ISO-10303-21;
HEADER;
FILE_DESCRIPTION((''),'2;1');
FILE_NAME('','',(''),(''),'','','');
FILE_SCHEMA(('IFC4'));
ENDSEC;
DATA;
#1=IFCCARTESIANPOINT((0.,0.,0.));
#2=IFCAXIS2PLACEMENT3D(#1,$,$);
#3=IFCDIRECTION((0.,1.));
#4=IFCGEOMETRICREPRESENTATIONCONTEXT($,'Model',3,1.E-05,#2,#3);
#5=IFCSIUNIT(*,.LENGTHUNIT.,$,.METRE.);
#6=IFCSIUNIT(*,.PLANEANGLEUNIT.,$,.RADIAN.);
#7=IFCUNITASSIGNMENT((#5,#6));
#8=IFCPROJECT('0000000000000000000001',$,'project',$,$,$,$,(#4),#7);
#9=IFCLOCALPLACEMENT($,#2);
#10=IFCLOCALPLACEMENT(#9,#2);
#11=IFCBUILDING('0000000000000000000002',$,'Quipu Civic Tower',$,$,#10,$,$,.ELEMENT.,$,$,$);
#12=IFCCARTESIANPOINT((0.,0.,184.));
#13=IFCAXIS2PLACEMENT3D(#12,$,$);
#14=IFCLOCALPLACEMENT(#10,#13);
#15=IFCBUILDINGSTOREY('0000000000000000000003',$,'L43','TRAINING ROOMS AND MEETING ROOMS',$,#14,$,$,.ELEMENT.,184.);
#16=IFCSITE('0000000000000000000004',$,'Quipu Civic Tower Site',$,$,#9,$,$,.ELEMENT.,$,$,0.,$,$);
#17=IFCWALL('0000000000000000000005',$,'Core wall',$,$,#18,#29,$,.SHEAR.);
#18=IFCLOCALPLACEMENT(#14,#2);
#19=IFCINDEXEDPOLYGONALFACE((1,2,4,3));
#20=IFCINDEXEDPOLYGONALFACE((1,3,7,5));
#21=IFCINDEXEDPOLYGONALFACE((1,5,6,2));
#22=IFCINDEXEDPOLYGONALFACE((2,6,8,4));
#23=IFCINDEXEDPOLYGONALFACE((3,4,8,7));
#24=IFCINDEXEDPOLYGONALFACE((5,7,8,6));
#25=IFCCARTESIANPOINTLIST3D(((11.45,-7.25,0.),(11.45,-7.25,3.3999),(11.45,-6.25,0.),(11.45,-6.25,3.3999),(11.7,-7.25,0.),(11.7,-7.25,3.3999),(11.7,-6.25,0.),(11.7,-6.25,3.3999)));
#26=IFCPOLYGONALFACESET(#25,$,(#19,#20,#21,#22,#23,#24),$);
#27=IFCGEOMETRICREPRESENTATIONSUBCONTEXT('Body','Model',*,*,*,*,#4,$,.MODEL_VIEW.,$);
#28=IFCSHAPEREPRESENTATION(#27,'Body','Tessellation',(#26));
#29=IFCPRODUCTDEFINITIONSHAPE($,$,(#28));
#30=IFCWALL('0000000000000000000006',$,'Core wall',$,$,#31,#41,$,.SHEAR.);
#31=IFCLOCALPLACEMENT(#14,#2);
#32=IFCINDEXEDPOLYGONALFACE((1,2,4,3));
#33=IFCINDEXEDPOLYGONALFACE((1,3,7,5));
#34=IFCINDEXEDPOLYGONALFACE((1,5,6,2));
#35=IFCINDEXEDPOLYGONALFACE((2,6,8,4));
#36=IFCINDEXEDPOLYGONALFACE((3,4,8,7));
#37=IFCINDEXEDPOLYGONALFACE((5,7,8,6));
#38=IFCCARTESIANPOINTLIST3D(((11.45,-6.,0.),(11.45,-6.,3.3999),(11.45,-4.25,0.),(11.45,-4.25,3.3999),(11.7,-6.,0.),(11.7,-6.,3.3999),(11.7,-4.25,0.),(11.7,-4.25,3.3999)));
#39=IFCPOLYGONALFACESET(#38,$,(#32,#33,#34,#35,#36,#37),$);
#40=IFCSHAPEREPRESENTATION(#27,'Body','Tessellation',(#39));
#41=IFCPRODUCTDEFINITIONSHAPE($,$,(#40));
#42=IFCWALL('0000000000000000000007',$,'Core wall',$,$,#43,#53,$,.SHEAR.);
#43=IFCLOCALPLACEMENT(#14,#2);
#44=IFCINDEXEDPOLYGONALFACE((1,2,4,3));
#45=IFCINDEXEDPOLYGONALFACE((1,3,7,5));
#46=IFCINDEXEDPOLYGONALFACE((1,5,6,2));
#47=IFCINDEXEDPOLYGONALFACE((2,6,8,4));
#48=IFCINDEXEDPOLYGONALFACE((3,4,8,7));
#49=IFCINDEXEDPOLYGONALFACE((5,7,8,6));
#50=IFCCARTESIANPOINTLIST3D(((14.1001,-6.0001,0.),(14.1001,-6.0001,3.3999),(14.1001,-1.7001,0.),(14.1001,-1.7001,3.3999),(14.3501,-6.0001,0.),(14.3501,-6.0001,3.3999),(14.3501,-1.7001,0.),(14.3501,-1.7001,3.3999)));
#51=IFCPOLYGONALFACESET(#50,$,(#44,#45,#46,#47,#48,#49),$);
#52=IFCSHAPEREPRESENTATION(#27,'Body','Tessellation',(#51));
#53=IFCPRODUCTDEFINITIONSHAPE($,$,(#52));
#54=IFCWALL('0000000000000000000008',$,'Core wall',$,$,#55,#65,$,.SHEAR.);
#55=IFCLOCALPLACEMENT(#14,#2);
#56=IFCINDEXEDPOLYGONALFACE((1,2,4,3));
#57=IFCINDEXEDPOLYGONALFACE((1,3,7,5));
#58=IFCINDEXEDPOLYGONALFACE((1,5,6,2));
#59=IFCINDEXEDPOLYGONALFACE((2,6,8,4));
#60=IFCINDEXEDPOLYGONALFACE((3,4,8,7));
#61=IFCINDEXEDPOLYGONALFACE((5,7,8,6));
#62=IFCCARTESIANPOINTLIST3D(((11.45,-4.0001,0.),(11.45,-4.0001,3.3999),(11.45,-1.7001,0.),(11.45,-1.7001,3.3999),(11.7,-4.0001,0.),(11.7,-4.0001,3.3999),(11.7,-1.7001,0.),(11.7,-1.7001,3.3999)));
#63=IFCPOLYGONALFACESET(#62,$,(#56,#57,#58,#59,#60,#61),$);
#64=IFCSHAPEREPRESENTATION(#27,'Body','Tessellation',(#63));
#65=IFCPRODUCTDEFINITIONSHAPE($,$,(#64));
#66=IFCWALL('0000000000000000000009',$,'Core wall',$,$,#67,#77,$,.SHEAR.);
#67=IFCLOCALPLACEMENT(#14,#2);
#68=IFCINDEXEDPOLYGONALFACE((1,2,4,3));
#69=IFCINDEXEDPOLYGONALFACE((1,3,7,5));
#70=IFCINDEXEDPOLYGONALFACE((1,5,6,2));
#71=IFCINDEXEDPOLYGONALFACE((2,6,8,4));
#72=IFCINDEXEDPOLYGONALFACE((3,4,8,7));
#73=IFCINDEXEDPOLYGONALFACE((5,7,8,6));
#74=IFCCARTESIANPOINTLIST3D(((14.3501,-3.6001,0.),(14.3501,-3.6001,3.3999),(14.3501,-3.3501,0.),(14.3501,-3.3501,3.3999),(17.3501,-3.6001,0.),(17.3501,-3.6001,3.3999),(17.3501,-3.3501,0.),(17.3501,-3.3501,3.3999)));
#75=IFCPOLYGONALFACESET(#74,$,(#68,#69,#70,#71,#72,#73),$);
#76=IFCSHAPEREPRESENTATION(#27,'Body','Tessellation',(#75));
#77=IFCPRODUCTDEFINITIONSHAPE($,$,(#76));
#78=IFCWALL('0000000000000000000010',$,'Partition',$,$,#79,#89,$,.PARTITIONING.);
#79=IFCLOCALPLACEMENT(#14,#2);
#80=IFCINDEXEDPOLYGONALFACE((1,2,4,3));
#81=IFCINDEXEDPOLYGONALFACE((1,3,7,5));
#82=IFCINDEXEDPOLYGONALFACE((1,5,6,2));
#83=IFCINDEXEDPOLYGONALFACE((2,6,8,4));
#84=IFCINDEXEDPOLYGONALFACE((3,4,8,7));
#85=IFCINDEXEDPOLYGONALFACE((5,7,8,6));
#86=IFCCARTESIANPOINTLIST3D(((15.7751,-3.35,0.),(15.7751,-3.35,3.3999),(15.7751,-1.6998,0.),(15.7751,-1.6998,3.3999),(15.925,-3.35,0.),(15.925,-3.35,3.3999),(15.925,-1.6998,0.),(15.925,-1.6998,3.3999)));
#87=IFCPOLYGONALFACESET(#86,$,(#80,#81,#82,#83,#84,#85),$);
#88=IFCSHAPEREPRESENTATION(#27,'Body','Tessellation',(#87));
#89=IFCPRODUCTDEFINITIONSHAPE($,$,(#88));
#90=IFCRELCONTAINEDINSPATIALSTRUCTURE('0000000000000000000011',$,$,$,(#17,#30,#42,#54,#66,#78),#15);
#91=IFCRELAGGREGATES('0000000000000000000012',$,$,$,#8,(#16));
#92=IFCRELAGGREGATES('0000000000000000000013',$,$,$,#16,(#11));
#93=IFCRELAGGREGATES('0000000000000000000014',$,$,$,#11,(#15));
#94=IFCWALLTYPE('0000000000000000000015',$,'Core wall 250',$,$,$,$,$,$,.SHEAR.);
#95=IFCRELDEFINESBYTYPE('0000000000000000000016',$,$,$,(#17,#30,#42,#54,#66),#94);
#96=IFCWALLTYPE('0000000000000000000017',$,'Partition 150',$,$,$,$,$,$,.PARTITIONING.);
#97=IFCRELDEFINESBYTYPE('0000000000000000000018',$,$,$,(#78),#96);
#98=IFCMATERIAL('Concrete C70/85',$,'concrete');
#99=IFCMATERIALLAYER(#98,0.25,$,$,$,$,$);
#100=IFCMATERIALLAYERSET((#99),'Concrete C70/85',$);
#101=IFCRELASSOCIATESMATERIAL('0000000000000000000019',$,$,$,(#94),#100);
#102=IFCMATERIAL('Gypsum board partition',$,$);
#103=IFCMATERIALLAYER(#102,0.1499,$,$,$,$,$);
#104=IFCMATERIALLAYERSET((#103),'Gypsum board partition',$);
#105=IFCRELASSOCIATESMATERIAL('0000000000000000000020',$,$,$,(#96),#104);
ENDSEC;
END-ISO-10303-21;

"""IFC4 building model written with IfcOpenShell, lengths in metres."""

from ifc_helpers import new_model, si_unit, direction, frame, frame_2d, origin, place, context, subcontext, project, spatial, rectangle, extrude, material, layer, layer_set, type_object, element, save


model = new_model("IFC4")

# Units and contexts
model_context = context("Model", 3, precision=1e-05, world=origin(), true_north=direction((0.0, 1.0)))
body_context = subcontext(model_context, "Body", "Model", "MODEL_VIEW")
ifc_project = project(units=[si_unit("LENGTHUNIT", "METRE"), si_unit("PLANEANGLEUNIT", "RADIAN")], contexts=[model_context])

# Site, building, storey
site_placement = place(None, origin())
site = spatial("IfcSite", under=ifc_project, at=site_placement, Name="Quipu Civic Tower Site", CompositionType="ELEMENT", RefElevation=0.0)
building_placement = place(site_placement, origin())
building = spatial("IfcBuilding", under=site, at=building_placement, Name="Quipu Civic Tower", CompositionType="ELEMENT")
storey_placement = place(building_placement, frame((0.0, 0.0, 184.0)))
storey = spatial("IfcBuildingStorey", under=building, at=storey_placement, Name="L43", Description="TRAINING ROOMS AND MEETING ROOMS", CompositionType="ELEMENT", Elevation=184.0)

# Walls
ifc_material_1 = material(Name="Concrete C70/85", Category="concrete")
ifc_layer_1 = layer(ifc_material_1, 0.25)
ifc_layer_set_1 = layer_set([ifc_layer_1], Name="Concrete C70/85")
wall_type_1 = type_object("IfcWallType", Name="Core wall 250", PredefinedType="SHEAR", material=ifc_layer_set_1)
wall_1_placement = place(storey_placement, frame((11.575, -7.25, 0.0), z_axis=(0.0, 0.0, 1.0), x_axis=(0.0, 1.0, 0.0)))
element("IfcWall", 1, at=wall_1_placement, inside=storey, type_object=wall_type_1, Name="Core wall", PredefinedType="SHEAR", context=body_context, shape_type="SweptSolid", body=[
    extrude(rectangle(XDim=1.0, YDim=0.25, at=frame_2d((0.5, 0.0))), origin(), (0.0, 0.0, 1.0), 3.3999),
])
wall_2_placement = place(storey_placement, frame((11.575, -6.0, 0.0), z_axis=(0.0, 0.0, 1.0), x_axis=(0.0, 1.0, 0.0)))
element("IfcWall", 2, at=wall_2_placement, inside=storey, type_object=wall_type_1, Name="Core wall", PredefinedType="SHEAR", context=body_context, shape_type="SweptSolid", body=[
    extrude(rectangle(XDim=1.75, YDim=0.25, at=frame_2d((0.875, 0.0))), origin(), (0.0, 0.0, 1.0), 3.3999),
])
wall_3_placement = place(storey_placement, frame((14.2251, -6.0, 0.0), z_axis=(0.0, 0.0, 1.0), x_axis=(0.0, 1.0, 0.0)))
element("IfcWall", 3, at=wall_3_placement, inside=storey, type_object=wall_type_1, Name="Core wall", PredefinedType="SHEAR", context=body_context, shape_type="SweptSolid", body=[
    extrude(rectangle(XDim=4.3, YDim=0.25, at=frame_2d((2.1499, 0.0))), origin(), (0.0, 0.0, 1.0), 3.3999),
])
wall_4_placement = place(storey_placement, frame((11.575, -4.0, 0.0), z_axis=(0.0, 0.0, 1.0), x_axis=(0.0, 1.0, 0.0)))
element("IfcWall", 4, at=wall_4_placement, inside=storey, type_object=wall_type_1, Name="Core wall", PredefinedType="SHEAR", context=body_context, shape_type="SweptSolid", body=[
    extrude(rectangle(XDim=2.3, YDim=0.25, at=frame_2d((1.1499, 0.0))), origin(), (0.0, 0.0, 1.0), 3.3999),
])
wall_5_placement = place(storey_placement, frame((14.3501, -3.4751, 0.0), z_axis=(0.0, 0.0, 1.0), x_axis=(1.0, 0.0, 0.0)))
element("IfcWall", 5, at=wall_5_placement, inside=storey, type_object=wall_type_1, Name="Core wall", PredefinedType="SHEAR", context=body_context, shape_type="SweptSolid", body=[
    extrude(rectangle(XDim=3.0, YDim=0.25, at=frame_2d((1.5, 0.0))), origin(), (0.0, 0.0, 1.0), 3.3999),
])
ifc_material_2 = material(Name="Gypsum board partition")
ifc_layer_2 = layer(ifc_material_2, 0.1499)
ifc_layer_set_2 = layer_set([ifc_layer_2], Name="Gypsum board partition")
wall_type_2 = type_object("IfcWallType", Name="Partition 150", PredefinedType="PARTITIONING", material=ifc_layer_set_2)
wall_6_placement = place(storey_placement, frame((15.8501, -3.3501, 0.0), z_axis=(0.0, 0.0, 1.0), x_axis=(0.0, 1.0, 0.0)))
element("IfcWall", 6, at=wall_6_placement, inside=storey, type_object=wall_type_2, Name="Partition", PredefinedType="PARTITIONING", context=body_context, shape_type="SweptSolid", body=[
    extrude(rectangle(XDim=1.6501, YDim=0.1499, at=frame_2d((0.8252, 0.0))), origin(), (0.0, 0.0, 1.0), 3.3999),
])

save(model, "model.ifc")
